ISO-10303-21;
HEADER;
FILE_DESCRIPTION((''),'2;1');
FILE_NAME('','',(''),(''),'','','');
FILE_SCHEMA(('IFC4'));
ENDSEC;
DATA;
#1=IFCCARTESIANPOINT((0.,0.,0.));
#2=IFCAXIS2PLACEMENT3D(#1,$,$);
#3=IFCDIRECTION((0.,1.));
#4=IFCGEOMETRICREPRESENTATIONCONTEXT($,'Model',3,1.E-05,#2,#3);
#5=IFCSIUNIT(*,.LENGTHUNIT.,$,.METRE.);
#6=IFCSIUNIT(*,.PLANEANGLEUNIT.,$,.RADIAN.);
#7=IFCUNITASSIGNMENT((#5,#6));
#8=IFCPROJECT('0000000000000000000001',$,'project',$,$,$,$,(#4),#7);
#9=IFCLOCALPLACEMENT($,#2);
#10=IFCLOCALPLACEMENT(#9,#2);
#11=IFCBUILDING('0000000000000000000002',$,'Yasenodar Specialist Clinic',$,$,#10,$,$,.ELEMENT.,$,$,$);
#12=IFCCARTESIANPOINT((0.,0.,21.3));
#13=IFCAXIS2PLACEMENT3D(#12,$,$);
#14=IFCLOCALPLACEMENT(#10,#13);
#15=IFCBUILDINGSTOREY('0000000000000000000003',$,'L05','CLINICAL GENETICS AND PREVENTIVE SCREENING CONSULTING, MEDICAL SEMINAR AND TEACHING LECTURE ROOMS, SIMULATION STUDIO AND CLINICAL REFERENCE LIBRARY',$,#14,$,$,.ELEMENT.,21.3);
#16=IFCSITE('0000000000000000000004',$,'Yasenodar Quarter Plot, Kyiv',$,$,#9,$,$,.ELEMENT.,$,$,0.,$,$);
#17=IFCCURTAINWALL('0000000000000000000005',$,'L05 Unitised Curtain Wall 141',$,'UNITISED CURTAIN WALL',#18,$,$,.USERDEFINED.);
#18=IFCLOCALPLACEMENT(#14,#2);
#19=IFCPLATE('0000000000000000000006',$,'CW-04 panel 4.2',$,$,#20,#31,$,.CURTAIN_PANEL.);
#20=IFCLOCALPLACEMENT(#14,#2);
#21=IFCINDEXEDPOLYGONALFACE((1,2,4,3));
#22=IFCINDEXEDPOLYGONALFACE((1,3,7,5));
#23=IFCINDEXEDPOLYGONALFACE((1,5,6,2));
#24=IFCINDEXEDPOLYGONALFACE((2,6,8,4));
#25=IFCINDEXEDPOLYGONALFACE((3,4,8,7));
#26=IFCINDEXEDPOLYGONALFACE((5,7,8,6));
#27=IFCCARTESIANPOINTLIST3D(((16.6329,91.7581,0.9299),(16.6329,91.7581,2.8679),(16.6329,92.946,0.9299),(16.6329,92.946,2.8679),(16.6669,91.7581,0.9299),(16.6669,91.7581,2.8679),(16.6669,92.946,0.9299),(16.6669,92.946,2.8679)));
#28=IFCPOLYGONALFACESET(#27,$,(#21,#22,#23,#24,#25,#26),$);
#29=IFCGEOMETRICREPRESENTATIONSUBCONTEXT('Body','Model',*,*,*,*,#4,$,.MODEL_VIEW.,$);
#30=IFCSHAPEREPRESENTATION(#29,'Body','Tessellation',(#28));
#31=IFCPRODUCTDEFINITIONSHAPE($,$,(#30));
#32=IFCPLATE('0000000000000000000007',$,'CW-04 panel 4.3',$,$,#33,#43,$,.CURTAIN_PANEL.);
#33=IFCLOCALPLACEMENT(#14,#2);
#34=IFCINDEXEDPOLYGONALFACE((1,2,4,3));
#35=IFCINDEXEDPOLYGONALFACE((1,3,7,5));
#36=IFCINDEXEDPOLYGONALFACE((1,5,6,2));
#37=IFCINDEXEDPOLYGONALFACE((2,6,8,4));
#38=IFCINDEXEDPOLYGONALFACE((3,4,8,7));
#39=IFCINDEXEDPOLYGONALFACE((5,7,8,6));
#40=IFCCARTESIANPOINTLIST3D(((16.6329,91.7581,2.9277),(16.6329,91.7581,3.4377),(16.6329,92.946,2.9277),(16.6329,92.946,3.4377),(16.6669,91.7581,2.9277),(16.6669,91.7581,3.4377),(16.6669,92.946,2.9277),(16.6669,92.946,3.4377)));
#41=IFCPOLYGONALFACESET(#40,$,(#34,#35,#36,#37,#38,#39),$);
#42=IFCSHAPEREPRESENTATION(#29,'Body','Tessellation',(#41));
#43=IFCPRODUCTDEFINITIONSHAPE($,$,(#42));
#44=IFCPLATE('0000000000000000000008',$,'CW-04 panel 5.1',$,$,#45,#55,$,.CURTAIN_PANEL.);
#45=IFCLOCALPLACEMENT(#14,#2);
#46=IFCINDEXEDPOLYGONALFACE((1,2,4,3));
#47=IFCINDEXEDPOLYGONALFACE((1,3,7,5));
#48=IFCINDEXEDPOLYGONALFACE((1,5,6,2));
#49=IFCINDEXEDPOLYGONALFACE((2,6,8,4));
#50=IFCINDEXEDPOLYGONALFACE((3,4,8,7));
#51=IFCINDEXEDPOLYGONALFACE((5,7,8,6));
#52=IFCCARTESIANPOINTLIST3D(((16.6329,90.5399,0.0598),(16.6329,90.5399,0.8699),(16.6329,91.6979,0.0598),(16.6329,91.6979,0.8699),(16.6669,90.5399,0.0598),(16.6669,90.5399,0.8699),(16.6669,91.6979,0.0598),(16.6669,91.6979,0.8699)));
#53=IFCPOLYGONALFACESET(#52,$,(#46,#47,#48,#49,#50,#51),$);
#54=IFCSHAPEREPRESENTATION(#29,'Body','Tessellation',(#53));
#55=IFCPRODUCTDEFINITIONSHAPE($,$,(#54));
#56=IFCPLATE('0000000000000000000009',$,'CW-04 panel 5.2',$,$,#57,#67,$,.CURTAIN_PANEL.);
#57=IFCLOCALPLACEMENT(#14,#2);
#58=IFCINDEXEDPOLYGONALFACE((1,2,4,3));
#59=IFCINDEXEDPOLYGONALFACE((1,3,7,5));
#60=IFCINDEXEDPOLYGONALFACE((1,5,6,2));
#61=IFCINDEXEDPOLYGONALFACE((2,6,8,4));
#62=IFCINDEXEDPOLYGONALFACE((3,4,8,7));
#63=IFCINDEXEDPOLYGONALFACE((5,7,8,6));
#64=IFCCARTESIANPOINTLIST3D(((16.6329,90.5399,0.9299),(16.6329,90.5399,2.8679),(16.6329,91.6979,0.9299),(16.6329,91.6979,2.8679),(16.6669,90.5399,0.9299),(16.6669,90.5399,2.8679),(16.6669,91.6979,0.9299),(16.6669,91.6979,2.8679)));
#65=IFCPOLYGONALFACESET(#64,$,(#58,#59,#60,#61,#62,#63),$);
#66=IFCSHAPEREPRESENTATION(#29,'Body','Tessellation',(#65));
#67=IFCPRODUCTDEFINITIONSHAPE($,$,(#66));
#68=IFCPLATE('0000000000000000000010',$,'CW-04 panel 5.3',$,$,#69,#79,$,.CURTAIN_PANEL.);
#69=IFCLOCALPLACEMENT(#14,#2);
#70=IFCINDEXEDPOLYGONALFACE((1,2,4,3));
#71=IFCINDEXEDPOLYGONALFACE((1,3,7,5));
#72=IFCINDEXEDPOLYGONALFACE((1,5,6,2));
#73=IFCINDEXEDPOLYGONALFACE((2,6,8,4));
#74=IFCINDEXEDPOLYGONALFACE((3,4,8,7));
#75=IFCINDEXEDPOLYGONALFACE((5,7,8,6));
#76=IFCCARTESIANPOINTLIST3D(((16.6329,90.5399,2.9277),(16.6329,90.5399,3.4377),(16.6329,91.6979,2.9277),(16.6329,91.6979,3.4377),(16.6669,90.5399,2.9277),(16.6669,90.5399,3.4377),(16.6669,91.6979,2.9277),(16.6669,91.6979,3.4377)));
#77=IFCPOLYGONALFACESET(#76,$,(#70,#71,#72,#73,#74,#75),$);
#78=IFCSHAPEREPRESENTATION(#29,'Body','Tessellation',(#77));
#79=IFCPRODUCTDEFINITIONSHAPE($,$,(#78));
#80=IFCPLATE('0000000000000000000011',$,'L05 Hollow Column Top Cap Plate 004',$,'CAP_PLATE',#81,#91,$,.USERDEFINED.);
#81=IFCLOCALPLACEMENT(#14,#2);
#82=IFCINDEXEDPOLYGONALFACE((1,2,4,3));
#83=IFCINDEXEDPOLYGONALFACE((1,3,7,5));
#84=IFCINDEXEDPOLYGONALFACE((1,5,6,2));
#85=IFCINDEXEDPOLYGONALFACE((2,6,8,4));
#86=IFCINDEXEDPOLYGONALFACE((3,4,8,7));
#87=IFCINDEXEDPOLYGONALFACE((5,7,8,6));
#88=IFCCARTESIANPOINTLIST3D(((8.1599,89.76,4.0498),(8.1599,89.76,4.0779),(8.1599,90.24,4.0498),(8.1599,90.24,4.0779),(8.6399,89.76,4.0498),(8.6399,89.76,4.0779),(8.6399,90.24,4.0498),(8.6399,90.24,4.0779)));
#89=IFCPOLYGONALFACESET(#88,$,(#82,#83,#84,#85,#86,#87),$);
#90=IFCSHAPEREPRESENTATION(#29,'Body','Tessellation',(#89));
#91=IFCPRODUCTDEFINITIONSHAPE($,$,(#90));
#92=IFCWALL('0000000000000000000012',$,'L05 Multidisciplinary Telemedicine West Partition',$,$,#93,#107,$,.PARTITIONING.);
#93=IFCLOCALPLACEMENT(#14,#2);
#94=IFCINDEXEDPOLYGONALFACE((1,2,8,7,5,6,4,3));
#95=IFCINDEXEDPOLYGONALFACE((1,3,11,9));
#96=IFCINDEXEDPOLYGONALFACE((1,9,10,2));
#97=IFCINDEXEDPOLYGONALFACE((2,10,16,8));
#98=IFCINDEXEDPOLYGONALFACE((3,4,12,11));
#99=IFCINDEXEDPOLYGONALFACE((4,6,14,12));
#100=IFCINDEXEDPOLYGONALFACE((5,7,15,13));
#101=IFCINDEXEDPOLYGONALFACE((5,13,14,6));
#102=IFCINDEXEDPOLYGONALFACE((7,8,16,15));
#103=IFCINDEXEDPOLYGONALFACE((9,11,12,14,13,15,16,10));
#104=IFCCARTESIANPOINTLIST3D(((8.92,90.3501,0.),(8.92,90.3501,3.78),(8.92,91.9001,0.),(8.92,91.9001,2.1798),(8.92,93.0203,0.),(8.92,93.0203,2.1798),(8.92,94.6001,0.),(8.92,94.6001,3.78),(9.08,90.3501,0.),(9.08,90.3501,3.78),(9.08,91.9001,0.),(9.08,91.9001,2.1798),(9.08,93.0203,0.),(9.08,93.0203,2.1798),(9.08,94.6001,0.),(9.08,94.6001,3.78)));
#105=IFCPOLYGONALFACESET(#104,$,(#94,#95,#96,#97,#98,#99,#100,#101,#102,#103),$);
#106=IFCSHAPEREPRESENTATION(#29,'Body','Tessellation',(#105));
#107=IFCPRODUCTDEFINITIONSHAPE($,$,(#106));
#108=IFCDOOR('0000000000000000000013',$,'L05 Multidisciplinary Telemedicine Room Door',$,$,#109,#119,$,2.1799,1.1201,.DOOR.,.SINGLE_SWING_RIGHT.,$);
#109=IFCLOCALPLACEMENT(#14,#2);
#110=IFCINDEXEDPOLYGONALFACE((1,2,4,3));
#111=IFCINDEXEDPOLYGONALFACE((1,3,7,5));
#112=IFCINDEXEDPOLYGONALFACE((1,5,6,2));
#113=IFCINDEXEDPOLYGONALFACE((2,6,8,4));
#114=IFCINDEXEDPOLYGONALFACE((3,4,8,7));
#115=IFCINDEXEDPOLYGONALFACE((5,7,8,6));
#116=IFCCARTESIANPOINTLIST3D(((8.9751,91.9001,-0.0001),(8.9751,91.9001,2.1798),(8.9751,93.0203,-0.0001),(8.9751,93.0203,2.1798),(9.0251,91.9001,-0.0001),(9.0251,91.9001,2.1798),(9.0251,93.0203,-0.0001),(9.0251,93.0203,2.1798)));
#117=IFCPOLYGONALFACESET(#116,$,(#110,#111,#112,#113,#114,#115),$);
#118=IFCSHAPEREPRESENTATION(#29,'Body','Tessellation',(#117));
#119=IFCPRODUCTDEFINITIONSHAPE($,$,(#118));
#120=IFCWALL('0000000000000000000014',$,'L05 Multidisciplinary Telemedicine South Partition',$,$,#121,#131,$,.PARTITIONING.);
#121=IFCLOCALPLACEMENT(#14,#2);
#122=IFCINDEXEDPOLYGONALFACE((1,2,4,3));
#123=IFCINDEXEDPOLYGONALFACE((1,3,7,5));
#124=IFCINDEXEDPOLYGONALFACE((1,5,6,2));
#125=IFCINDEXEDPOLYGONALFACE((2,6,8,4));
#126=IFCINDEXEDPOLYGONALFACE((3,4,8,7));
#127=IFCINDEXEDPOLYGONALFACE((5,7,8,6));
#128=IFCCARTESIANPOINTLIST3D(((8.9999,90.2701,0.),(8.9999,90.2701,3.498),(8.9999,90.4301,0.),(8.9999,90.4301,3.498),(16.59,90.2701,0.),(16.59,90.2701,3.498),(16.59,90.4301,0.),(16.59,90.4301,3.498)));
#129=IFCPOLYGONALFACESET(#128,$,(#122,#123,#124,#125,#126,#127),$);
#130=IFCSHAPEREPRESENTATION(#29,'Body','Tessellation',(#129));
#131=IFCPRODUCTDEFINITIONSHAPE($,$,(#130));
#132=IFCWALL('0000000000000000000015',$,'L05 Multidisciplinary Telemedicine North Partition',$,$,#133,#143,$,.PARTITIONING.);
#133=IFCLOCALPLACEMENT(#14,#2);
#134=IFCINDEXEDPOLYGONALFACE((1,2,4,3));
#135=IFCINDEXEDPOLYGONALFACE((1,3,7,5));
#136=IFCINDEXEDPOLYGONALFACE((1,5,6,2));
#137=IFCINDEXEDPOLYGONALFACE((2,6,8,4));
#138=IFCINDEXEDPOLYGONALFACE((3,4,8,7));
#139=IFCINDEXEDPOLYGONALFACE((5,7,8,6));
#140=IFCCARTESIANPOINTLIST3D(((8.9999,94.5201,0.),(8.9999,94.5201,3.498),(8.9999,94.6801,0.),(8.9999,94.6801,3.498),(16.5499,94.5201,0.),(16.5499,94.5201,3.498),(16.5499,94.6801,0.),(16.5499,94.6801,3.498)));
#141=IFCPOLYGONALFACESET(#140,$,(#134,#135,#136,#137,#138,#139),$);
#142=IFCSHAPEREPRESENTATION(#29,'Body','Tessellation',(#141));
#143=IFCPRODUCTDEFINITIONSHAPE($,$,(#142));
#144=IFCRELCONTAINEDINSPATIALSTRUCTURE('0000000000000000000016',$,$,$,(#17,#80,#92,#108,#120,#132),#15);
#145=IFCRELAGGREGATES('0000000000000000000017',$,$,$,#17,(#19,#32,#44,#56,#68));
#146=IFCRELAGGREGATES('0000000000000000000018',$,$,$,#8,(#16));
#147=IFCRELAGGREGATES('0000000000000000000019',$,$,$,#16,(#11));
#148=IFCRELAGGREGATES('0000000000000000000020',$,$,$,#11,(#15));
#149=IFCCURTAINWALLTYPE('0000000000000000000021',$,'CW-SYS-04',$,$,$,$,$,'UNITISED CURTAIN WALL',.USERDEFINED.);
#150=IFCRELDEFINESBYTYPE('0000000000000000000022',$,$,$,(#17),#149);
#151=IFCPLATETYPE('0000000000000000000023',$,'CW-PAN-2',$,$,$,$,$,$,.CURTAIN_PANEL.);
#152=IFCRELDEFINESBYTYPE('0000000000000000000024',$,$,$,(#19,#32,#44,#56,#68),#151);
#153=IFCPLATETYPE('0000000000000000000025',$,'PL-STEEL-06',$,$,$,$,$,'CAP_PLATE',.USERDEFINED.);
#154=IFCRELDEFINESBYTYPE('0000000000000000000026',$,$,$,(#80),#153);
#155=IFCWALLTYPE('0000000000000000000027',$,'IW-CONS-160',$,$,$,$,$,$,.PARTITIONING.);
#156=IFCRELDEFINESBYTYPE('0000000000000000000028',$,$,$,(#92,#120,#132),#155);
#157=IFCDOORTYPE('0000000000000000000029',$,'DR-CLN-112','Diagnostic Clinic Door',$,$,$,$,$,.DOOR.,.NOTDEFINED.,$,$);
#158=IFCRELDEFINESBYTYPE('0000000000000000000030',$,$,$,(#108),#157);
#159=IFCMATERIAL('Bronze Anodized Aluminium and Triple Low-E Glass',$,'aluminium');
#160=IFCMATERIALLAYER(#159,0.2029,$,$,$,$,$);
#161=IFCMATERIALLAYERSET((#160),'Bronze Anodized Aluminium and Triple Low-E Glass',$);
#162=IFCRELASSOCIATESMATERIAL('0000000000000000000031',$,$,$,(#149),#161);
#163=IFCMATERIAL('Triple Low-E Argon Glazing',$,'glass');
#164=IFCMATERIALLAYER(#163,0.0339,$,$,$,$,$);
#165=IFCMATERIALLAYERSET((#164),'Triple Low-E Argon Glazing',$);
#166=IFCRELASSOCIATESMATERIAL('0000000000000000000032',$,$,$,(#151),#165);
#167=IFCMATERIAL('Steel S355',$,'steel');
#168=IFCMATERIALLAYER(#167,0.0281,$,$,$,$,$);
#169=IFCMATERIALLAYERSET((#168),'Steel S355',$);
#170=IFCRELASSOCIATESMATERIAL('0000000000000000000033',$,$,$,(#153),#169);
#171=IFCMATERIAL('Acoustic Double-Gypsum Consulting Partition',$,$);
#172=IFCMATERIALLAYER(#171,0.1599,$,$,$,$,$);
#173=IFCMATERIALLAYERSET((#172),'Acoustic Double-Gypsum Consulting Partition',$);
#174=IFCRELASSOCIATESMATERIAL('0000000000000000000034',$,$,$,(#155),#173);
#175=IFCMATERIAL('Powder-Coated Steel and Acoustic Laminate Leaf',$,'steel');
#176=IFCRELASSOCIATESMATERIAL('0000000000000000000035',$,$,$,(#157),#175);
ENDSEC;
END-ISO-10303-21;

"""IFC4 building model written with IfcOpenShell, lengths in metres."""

from ifc_helpers import new_model, si_unit, direction, frame, frame_2d, origin, origin_2d, place, context, subcontext, project, spatial, rectangle, extrude, material, layer, layer_set, type_object, element, fill, aggregate, save


model = new_model("IFC4")

# Units and contexts
model_context = context("Model", 3, precision=1e-05, world=origin(), true_north=direction((0.0, 1.0)))
body_context = subcontext(model_context, "Body", "Model", "MODEL_VIEW")
ifc_project = project(units=[si_unit("LENGTHUNIT", "METRE"), si_unit("PLANEANGLEUNIT", "RADIAN")], contexts=[model_context])

# Site, building, storey
site_placement = place(None, origin())
site = spatial("IfcSite", under=ifc_project, at=site_placement, Name="Yasenodar Quarter Plot, Kyiv", CompositionType="ELEMENT", RefElevation=0.0)
building_placement = place(site_placement, origin())
building = spatial("IfcBuilding", under=site, at=building_placement, Name="Yasenodar Specialist Clinic", CompositionType="ELEMENT")
storey_placement = place(building_placement, frame((0.0, 0.0, 21.3)))
storey = spatial("IfcBuildingStorey", under=building, at=storey_placement, Name="L05", Description="CLINICAL GENETICS AND PREVENTIVE SCREENING CONSULTING, MEDICAL SEMINAR AND TEACHING LECTURE ROOMS, SIMULATION STUDIO AND CLINICAL REFERENCE LIBRARY", CompositionType="ELEMENT", Elevation=21.3)

# Shared definitions
ifc_material_1 = material(Name="Steel S355", Category="steel")

# Curtain wall, plates
ifc_material_2 = material(Name="Bronze Anodized Aluminium and Triple Low-E Glass", Category="aluminium")
ifc_layer_1 = layer(ifc_material_2, 0.2029)
ifc_layer_set_1 = layer_set([ifc_layer_1], Name="Bronze Anodized Aluminium and Triple Low-E Glass")
curtain_wall_type = type_object("IfcCurtainWallType", Name="CW-SYS-04", ElementType="UNITISED CURTAIN WALL", PredefinedType="USERDEFINED", material=ifc_layer_set_1)
curtain_wall_placement = place(storey_placement, origin())
curtain_wall = element("IfcCurtainWall", 1, at=curtain_wall_placement, inside=storey, type_object=curtain_wall_type, Name="L05 Unitised Curtain Wall 141", ObjectType="UNITISED CURTAIN WALL", PredefinedType="USERDEFINED")
ifc_material_3 = material(Name="Triple Low-E Argon Glazing", Category="glass")
ifc_layer_2 = layer(ifc_material_3, 0.0339)
ifc_layer_set_2 = layer_set([ifc_layer_2], Name="Triple Low-E Argon Glazing")
plate_type_1 = type_object("IfcPlateType", Name="CW-PAN-2", PredefinedType="CURTAIN_PANEL", material=ifc_layer_set_2)
plate_1_placement = place(storey_placement, frame((16.6499, 92.3521, 0.9299), z_axis=(0.0, 0.0, 1.0), x_axis=(0.0, -1.0, 0.0)))
plate_1 = element("IfcPlate", 2, at=plate_1_placement, type_object=plate_type_1, Name="CW-04 panel 4.2", PredefinedType="CURTAIN_PANEL", context=body_context, shape_type="SweptSolid", body=[
    extrude(rectangle(XDim=1.188, YDim=0.0339, at=origin_2d()), origin(), (0.0, 0.0, 1.0), 1.938),
])
plate_2_placement = place(storey_placement, frame((16.6499, 92.3521, 2.9277), z_axis=(0.0, 0.0, 1.0), x_axis=(0.0, -1.0, 0.0)))
plate_2 = element("IfcPlate", 3, at=plate_2_placement, type_object=plate_type_1, Name="CW-04 panel 4.3", PredefinedType="CURTAIN_PANEL", context=body_context, shape_type="SweptSolid", body=[
    extrude(rectangle(XDim=1.188, YDim=0.0339, at=origin_2d()), origin(), (0.0, 0.0, 1.0), 0.51),
])
plate_3_placement = place(storey_placement, frame((16.6499, 91.1189, 0.0598), z_axis=(0.0, 0.0, 1.0), x_axis=(0.0, -1.0, 0.0)))
plate_3 = element("IfcPlate", 4, at=plate_3_placement, type_object=plate_type_1, Name="CW-04 panel 5.1", PredefinedType="CURTAIN_PANEL", context=body_context, shape_type="SweptSolid", body=[
    extrude(rectangle(XDim=1.158, YDim=0.0339, at=origin_2d()), origin(), (0.0, 0.0, 1.0), 0.8101),
])
plate_4_placement = place(storey_placement, frame((16.6499, 91.1189, 0.9299), z_axis=(0.0, 0.0, 1.0), x_axis=(0.0, -1.0, 0.0)))
plate_4 = element("IfcPlate", 5, at=plate_4_placement, type_object=plate_type_1, Name="CW-04 panel 5.2", PredefinedType="CURTAIN_PANEL", context=body_context, shape_type="SweptSolid", body=[
    extrude(rectangle(XDim=1.158, YDim=0.0339, at=origin_2d()), origin(), (0.0, 0.0, 1.0), 1.938),
])
plate_5_placement = place(storey_placement, frame((16.6499, 91.1189, 2.9277), z_axis=(0.0, 0.0, 1.0), x_axis=(0.0, -1.0, 0.0)))
plate_5 = element("IfcPlate", 6, at=plate_5_placement, type_object=plate_type_1, Name="CW-04 panel 5.3", PredefinedType="CURTAIN_PANEL", context=body_context, shape_type="SweptSolid", body=[
    extrude(rectangle(XDim=1.158, YDim=0.0339, at=origin_2d()), origin(), (0.0, 0.0, 1.0), 0.51),
])
aggregate(curtain_wall, [plate_1, plate_2, plate_3, plate_4, plate_5])

# Plate
ifc_layer_3 = layer(ifc_material_1, 0.0281)
ifc_layer_set_3 = layer_set([ifc_layer_3], Name="Steel S355")
plate_type_2 = type_object("IfcPlateType", Name="PL-STEEL-06", ElementType="CAP_PLATE", PredefinedType="USERDEFINED", material=ifc_layer_set_3)
plate_6_placement = place(storey_placement, frame((8.3999, 90.0, 4.0498), z_axis=(0.0, 0.0, 1.0), x_axis=(1.0, 0.0, 0.0)))
element("IfcPlate", 7, at=plate_6_placement, inside=storey, type_object=plate_type_2, Name="L05 Hollow Column Top Cap Plate 004", ObjectType="CAP_PLATE", PredefinedType="USERDEFINED", context=body_context, shape_type="SweptSolid", body=[
    extrude(rectangle(XDim=0.48, YDim=0.48, at=origin_2d()), origin(), (0.0, 0.0, 1.0), 0.0281),
])

# Wall, opening, door
ifc_material_4 = material(Name="Acoustic Double-Gypsum Consulting Partition")
ifc_layer_4 = layer(ifc_material_4, 0.1599)
ifc_layer_set_4 = layer_set([ifc_layer_4], Name="Acoustic Double-Gypsum Consulting Partition")
wall_type = type_object("IfcWallType", Name="IW-CONS-160", PredefinedType="PARTITIONING", material=ifc_layer_set_4)
wall_1_placement = place(storey_placement, frame((9.0, 90.3501, 0.0), z_axis=(0.0, 0.0, 1.0), x_axis=(0.0, 1.0, 0.0)))
wall_1 = element("IfcWall", 8, at=wall_1_placement, inside=storey, type_object=wall_type, Name="L05 Multidisciplinary Telemedicine West Partition", PredefinedType="PARTITIONING", context=body_context, shape_type="SweptSolid", body=[
    extrude(rectangle(XDim=4.25, YDim=0.1599, at=frame_2d((2.125, 0.0))), origin(), (0.0, 0.0, 1.0), 3.78),
])
opening_placement = place(wall_1_placement, frame((1.55, 0.0, 0.0)))
opening = element("IfcOpeningElement", 9, at=opening_placement, cuts=wall_1, PredefinedType="OPENING", context=body_context, shape_type="SweptSolid", body=[
    extrude(rectangle(XDim=1.1201, YDim=2.1799, at=frame_2d((0.5601, 1.0898))), frame((0.0, 0.0898, 0.0), z_axis=(0.0, -1.0, 0.0), x_axis=(1.0, 0.0, 0.0)), (0.0, 0.0, 1.0), 0.1799),
])
ifc_material_5 = material(Name="Powder-Coated Steel and Acoustic Laminate Leaf", Category="steel")
door_type = type_object("IfcDoorType", Name="DR-CLN-112", Description="Diagnostic Clinic Door", OperationType="NOTDEFINED", PredefinedType="DOOR", material=ifc_material_5)
door_placement = place(opening_placement, origin())
door = element("IfcDoor", 10, at=door_placement, inside=storey, type_object=door_type, Name="L05 Multidisciplinary Telemedicine Room Door", OperationType="SINGLE_SWING_RIGHT", OverallHeight=2.1799, OverallWidth=1.1201, PredefinedType="DOOR", context=body_context, shape_type="SweptSolid", body=[
    extrude(rectangle(XDim=1.1201, YDim=2.1799, at=frame_2d((0.5601, 1.0898))), frame((0.0, 0.0249, 0.0), z_axis=(0.0, -1.0, 0.0), x_axis=(1.0, 0.0, 0.0)), (0.0, 0.0, 1.0), 0.05),
])
fill(opening, door)

# Walls
wall_2_placement = place(storey_placement, frame((9.0, 90.3501, 0.0), z_axis=(0.0, 0.0, 1.0), x_axis=(1.0, 0.0, 0.0)))
element("IfcWall", 11, at=wall_2_placement, inside=storey, type_object=wall_type, Name="L05 Multidisciplinary Telemedicine South Partition", PredefinedType="PARTITIONING", context=body_context, shape_type="SweptSolid", body=[
    extrude(rectangle(XDim=7.5901, YDim=0.1599, at=frame_2d((3.7949, 0.0))), origin(), (0.0, 0.0, 1.0), 3.498),
])
wall_3_placement = place(storey_placement, frame((9.0, 94.6001, 0.0), z_axis=(0.0, 0.0, 1.0), x_axis=(1.0, 0.0, 0.0)))
element("IfcWall", 12, at=wall_3_placement, inside=storey, type_object=wall_type, Name="L05 Multidisciplinary Telemedicine North Partition", PredefinedType="PARTITIONING", context=body_context, shape_type="SweptSolid", body=[
    extrude(rectangle(XDim=7.55, YDim=0.1599, at=frame_2d((3.7749, 0.0))), origin(), (0.0, 0.0, 1.0), 3.498),
])

save(model, "model.ifc")
